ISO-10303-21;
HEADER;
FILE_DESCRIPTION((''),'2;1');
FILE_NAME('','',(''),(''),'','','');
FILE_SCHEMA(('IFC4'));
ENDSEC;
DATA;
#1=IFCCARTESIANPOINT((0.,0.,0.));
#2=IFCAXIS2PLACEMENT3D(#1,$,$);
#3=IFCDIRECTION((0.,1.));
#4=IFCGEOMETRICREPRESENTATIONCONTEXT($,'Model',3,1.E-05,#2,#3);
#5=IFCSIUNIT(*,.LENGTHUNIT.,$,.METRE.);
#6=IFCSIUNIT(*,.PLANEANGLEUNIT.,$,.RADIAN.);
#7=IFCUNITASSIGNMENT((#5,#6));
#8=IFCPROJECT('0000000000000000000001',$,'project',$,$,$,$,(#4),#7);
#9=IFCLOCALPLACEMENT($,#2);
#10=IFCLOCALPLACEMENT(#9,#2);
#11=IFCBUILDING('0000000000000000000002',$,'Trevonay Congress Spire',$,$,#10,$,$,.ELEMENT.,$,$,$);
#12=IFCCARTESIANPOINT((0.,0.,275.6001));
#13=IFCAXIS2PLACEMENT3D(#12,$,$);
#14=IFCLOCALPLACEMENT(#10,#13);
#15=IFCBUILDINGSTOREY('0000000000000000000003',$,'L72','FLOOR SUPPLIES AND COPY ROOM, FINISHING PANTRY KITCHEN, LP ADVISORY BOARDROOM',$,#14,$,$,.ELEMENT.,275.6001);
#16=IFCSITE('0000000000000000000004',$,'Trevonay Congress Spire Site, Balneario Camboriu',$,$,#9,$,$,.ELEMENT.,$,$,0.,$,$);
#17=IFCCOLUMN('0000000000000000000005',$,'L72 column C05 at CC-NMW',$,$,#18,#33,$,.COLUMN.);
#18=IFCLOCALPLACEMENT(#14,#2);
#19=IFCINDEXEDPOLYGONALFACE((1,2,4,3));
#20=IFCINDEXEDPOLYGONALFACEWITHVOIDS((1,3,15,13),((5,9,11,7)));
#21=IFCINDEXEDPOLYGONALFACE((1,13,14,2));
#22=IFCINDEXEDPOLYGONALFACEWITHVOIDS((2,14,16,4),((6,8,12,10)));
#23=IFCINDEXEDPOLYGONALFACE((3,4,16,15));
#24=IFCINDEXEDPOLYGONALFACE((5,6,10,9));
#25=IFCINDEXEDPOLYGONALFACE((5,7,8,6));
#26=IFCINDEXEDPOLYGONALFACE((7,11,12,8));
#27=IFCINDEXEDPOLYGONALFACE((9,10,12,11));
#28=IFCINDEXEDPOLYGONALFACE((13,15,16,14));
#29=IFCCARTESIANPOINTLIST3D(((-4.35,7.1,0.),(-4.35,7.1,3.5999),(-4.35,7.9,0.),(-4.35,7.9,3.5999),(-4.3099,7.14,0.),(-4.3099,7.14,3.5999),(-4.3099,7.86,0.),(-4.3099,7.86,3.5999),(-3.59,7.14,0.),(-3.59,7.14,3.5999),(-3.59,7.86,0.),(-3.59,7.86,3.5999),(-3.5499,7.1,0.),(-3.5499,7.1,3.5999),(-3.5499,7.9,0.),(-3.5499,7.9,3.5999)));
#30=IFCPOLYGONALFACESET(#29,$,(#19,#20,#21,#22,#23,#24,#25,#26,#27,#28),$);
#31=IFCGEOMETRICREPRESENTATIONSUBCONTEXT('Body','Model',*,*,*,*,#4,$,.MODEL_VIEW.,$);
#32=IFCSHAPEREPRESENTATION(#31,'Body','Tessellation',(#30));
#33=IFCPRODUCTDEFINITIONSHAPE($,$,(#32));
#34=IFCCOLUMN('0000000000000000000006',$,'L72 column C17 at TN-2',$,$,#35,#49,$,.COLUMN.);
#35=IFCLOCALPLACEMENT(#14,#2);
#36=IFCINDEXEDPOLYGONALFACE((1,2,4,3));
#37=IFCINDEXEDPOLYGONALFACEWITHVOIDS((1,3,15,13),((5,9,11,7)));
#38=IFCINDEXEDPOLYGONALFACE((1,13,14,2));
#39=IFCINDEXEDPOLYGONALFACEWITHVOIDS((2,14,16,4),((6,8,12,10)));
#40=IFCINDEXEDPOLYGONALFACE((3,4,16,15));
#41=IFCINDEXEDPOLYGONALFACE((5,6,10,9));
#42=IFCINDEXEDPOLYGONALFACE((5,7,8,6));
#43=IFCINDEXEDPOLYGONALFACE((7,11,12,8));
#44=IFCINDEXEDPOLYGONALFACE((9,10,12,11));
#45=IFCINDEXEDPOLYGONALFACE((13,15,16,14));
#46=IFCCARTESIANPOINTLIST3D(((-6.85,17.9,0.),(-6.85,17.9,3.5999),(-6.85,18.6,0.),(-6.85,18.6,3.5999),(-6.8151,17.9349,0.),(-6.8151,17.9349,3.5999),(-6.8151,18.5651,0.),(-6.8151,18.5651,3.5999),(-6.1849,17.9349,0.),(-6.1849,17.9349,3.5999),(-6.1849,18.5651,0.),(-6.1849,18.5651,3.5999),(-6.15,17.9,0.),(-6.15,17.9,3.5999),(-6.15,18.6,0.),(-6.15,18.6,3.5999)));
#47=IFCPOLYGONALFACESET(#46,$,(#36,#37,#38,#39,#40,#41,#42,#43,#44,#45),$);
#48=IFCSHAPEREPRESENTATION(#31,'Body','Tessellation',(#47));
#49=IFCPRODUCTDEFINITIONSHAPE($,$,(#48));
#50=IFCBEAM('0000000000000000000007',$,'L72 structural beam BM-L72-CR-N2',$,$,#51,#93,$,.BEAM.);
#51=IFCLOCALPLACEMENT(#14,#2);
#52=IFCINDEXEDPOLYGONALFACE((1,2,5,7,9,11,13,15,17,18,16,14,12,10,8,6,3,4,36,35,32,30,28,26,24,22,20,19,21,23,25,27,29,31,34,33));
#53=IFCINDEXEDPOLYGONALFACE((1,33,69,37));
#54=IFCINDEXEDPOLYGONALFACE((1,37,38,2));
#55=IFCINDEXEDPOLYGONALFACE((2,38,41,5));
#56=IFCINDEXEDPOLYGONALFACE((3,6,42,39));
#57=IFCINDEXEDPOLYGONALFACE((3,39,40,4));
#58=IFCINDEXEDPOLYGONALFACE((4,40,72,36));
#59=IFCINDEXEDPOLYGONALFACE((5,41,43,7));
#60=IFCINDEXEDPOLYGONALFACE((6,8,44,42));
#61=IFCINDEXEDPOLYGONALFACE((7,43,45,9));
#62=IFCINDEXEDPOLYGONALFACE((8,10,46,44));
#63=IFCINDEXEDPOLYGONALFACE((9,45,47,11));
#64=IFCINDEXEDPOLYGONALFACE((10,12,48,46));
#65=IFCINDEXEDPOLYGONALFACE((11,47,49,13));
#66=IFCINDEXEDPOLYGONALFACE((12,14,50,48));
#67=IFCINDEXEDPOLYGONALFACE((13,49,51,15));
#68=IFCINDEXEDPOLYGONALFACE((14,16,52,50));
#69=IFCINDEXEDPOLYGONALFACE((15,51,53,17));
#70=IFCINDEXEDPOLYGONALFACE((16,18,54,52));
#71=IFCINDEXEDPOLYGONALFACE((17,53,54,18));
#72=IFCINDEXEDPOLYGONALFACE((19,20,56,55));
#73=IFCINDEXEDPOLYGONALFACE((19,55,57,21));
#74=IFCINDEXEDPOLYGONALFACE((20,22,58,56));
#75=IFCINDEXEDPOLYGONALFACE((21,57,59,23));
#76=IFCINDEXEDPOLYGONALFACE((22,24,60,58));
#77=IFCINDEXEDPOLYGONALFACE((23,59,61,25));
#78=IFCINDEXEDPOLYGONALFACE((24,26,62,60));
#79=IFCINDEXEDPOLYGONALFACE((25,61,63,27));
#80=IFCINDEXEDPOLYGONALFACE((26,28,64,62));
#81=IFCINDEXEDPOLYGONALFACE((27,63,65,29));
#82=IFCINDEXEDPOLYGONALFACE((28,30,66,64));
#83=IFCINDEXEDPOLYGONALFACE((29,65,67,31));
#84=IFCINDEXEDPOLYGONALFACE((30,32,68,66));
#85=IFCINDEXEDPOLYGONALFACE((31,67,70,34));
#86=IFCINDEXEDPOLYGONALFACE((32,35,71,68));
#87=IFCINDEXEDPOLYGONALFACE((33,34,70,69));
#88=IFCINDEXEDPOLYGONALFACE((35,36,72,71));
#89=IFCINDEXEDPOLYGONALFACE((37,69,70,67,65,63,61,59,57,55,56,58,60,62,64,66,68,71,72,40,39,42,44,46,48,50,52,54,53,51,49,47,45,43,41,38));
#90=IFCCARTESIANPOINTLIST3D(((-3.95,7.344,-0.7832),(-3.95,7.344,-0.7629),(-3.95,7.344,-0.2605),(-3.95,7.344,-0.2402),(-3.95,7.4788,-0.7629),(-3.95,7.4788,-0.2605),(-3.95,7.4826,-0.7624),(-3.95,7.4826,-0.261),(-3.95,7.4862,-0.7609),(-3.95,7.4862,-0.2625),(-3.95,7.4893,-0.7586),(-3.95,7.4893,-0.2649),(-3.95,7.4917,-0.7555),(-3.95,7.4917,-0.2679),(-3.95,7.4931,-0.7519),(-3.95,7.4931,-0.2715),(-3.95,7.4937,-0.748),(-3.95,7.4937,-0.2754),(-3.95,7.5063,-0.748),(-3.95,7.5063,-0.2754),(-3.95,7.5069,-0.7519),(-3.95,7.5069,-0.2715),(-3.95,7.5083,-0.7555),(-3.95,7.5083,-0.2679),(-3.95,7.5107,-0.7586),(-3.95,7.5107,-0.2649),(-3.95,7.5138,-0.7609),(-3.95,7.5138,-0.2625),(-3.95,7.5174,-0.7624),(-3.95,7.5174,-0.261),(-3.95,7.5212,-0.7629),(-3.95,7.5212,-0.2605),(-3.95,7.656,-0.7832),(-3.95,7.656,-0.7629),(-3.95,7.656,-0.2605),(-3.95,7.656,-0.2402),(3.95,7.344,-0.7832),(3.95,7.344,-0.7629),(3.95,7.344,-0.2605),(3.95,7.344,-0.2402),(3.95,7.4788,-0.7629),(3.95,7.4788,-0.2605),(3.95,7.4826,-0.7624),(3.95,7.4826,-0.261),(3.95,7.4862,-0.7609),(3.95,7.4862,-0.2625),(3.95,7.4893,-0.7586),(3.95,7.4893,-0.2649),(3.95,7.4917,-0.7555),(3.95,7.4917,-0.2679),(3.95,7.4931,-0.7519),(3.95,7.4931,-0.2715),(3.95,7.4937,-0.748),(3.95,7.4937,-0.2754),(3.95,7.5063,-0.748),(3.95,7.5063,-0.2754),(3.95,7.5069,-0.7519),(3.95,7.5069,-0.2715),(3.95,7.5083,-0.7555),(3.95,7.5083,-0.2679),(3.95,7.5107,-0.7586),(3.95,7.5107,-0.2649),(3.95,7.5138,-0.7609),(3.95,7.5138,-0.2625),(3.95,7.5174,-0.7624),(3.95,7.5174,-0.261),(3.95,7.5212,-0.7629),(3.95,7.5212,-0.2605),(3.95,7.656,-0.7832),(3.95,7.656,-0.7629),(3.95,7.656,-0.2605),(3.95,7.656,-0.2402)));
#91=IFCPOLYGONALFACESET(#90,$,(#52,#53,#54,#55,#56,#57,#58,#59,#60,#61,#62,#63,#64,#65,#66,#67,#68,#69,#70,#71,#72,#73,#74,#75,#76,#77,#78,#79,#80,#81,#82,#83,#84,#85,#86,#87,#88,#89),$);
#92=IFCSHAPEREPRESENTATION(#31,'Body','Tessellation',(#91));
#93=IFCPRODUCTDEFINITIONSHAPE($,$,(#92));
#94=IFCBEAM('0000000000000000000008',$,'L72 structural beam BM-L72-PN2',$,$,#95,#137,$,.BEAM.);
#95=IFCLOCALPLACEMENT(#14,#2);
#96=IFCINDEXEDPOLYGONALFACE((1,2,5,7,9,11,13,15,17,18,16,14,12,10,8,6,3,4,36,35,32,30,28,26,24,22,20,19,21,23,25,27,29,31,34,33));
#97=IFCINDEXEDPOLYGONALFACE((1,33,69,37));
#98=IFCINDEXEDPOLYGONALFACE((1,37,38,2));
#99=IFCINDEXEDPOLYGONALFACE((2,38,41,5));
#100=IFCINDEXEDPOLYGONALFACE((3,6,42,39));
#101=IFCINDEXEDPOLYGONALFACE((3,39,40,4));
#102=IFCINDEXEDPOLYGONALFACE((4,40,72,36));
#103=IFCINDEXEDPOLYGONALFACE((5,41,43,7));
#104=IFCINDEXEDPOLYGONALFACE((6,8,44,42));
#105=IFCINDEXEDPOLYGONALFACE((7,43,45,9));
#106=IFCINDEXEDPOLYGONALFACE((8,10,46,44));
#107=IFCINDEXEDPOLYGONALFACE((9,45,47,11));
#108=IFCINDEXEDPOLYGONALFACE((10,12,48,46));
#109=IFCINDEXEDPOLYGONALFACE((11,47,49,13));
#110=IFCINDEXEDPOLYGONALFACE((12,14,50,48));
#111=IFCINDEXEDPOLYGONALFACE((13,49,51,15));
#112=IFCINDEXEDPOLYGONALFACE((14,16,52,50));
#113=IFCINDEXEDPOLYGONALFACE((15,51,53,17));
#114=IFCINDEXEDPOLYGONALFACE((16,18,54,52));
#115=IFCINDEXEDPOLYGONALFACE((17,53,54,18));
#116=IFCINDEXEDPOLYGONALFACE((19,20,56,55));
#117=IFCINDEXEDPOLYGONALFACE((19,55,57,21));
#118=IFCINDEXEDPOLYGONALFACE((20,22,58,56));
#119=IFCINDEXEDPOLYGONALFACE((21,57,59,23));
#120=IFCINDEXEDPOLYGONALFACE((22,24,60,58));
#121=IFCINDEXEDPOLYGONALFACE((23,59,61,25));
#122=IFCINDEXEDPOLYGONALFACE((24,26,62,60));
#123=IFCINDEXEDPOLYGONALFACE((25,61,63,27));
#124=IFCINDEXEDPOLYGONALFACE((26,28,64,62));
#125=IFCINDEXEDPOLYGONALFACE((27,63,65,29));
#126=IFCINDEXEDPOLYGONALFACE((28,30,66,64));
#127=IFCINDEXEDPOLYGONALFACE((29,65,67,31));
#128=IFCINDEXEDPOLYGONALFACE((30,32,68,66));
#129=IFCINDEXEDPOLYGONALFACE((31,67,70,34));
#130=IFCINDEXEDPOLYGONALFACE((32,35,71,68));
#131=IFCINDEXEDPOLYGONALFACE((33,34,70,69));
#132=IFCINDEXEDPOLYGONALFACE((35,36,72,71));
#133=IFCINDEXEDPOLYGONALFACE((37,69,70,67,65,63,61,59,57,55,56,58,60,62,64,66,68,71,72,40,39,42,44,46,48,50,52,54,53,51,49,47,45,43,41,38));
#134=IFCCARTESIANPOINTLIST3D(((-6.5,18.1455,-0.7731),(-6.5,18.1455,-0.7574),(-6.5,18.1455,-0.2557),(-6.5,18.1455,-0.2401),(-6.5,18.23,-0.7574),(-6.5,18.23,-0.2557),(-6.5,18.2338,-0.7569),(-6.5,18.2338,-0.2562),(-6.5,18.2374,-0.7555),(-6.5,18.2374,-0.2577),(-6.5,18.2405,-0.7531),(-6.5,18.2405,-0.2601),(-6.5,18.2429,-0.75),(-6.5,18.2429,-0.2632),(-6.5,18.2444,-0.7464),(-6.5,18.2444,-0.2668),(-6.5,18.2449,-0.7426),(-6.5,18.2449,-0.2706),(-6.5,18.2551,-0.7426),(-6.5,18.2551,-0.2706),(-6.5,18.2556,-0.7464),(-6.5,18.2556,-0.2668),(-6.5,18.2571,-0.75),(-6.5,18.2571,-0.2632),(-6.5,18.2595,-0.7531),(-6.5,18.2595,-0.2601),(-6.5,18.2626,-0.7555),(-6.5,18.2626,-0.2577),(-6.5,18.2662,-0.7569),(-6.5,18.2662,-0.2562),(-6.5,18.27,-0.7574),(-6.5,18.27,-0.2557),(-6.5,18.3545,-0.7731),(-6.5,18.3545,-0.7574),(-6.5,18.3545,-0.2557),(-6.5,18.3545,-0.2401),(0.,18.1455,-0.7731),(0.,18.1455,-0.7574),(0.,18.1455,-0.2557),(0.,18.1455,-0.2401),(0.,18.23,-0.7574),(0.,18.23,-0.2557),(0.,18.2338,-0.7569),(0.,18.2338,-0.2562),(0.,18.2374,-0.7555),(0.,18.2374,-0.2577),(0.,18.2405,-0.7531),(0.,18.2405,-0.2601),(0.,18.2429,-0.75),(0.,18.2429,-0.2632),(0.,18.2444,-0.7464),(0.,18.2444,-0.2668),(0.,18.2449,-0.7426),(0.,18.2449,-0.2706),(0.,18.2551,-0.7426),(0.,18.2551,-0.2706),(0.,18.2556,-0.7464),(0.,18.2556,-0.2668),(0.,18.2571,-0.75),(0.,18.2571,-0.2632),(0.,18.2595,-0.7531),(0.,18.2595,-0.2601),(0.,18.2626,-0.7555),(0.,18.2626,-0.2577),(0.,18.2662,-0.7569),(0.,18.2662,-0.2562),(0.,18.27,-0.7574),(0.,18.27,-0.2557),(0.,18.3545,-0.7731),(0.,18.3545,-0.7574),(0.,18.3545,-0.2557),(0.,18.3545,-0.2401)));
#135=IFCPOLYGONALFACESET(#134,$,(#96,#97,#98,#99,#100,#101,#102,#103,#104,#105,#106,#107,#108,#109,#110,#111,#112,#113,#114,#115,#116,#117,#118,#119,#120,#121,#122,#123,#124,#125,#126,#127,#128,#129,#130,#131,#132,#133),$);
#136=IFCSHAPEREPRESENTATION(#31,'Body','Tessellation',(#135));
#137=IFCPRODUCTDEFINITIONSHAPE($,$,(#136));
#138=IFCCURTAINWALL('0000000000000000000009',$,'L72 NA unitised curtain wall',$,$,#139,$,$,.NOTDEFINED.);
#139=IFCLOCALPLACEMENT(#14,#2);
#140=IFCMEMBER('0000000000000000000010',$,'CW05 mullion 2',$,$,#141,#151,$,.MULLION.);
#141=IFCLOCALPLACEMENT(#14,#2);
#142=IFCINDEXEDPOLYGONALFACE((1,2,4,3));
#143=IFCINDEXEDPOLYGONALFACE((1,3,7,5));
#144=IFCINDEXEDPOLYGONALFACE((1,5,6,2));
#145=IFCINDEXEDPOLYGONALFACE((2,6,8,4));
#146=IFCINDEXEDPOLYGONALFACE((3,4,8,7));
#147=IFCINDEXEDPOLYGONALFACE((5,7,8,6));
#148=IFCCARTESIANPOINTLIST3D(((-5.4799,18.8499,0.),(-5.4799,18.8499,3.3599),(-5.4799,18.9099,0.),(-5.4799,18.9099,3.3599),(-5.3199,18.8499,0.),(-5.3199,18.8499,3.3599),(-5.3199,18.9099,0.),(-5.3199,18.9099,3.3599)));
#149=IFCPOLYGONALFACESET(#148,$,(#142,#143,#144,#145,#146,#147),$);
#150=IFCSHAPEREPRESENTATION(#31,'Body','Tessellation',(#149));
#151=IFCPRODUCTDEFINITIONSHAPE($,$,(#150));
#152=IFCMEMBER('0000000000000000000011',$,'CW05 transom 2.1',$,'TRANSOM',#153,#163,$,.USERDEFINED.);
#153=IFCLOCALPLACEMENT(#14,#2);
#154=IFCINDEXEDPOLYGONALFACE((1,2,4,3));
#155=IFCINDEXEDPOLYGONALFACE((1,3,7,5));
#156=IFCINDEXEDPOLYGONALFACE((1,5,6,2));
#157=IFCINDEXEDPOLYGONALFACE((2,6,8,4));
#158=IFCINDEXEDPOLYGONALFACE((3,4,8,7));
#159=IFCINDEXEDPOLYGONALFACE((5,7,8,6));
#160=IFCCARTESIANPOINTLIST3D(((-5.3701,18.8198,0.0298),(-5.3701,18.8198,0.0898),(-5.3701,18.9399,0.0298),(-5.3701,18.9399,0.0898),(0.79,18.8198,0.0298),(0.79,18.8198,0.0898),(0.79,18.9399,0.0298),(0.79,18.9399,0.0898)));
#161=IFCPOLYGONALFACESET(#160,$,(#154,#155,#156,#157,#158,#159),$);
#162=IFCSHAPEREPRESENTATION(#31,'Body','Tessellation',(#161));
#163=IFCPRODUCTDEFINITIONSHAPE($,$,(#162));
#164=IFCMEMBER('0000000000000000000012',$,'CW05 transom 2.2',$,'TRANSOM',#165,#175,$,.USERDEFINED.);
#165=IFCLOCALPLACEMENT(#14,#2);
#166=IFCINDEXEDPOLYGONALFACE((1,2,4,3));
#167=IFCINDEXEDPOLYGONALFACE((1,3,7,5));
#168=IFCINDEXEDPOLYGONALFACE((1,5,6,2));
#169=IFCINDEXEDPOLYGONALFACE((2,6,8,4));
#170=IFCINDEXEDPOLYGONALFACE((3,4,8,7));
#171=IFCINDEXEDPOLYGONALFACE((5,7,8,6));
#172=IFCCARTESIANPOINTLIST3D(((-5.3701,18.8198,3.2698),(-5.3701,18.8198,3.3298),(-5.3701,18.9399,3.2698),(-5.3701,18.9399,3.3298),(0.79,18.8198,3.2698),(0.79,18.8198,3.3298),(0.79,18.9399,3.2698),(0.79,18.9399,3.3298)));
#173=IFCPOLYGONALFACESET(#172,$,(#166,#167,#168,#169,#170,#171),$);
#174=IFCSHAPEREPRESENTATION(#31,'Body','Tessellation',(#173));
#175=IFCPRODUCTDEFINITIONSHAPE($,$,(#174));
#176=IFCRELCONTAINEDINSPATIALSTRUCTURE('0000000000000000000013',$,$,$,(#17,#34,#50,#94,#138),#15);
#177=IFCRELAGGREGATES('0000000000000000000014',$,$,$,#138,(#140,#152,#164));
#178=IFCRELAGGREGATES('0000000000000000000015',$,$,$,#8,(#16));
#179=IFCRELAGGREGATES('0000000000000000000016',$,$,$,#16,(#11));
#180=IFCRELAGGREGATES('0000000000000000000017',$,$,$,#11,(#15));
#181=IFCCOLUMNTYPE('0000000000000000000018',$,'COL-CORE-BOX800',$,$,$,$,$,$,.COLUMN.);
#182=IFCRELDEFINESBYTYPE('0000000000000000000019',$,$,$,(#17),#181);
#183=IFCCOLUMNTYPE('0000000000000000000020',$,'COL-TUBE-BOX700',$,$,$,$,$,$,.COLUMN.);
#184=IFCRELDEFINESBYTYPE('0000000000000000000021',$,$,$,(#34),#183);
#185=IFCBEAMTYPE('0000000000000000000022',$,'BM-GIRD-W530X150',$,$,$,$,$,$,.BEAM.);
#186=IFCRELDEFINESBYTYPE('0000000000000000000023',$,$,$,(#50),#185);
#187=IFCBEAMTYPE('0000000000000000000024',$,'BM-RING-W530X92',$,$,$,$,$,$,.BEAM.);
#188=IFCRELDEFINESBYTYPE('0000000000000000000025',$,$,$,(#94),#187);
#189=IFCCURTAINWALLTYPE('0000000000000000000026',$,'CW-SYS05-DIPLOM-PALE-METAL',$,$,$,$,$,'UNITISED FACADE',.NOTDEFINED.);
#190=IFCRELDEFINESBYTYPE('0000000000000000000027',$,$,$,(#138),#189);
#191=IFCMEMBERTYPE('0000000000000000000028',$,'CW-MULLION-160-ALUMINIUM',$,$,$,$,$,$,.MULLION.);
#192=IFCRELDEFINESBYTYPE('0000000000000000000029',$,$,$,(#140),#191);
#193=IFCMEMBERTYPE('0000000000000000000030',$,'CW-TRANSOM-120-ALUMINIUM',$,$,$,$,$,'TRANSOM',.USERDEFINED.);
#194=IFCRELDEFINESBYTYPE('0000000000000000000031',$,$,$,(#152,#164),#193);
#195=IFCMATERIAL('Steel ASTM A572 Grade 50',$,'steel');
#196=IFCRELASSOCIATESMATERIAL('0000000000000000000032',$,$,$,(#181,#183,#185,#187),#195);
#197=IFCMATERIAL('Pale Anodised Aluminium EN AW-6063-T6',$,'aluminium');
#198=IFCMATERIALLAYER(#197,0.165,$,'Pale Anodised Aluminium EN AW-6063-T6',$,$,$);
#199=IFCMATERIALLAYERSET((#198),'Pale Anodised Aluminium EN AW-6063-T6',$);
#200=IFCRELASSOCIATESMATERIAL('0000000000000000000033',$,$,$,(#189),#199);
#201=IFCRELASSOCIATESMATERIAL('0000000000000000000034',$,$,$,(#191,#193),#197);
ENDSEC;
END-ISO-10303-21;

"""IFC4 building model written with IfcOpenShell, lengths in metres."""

from ifc_helpers import new_model, si_unit, direction, frame, origin, origin_2d, place, context, subcontext, project, spatial, rectangle, hollow_rectangle, i_section, extrude, material, layer, layer_set, material_profile, profile_set, type_object, element, aggregate, save


model = new_model("IFC4")

# Units and contexts
model_context = context("Model", 3, precision=1e-05, world=origin(), true_north=direction((0.0, 1.0)))
body_context = subcontext(model_context, "Body", "Model", "MODEL_VIEW")
ifc_project = project(units=[si_unit("LENGTHUNIT", "METRE"), si_unit("PLANEANGLEUNIT", "RADIAN")], contexts=[model_context])

# Site, building, storey
site_placement = place(None, origin())
site = spatial("IfcSite", under=ifc_project, at=site_placement, Name="Trevonay Congress Spire Site, Balneario Camboriu", CompositionType="ELEMENT", RefElevation=0.0)
building_placement = place(site_placement, origin())
building = spatial("IfcBuilding", under=site, at=building_placement, Name="Trevonay Congress Spire", CompositionType="ELEMENT")
storey_placement = place(building_placement, frame((0.0, 0.0, 275.6001)))
storey = spatial("IfcBuildingStorey", under=building, at=storey_placement, Name="L72", Description="FLOOR SUPPLIES AND COPY ROOM, FINISHING PANTRY KITCHEN, LP ADVISORY BOARDROOM", CompositionType="ELEMENT", Elevation=275.6001)

# Columns
ifc_material_1 = material(Name="Steel ASTM A572 Grade 50", Category="steel")
ifc_material_profile_1 = material_profile(ifc_material_1, hollow_rectangle(XDim=0.8, YDim=0.8, WallThickness=0.04, at=origin_2d()), Name="BOX 800x800x40")
ifc_profile_set_1 = profile_set([ifc_material_profile_1], Name="Steel ASTM A572 Grade 50")
column_type_1 = type_object("IfcColumnType", Name="COL-CORE-BOX800", PredefinedType="COLUMN", material=ifc_profile_set_1)
column_1_placement = place(storey_placement, frame((-3.95, 7.5, 0.0), z_axis=(0.0, 0.0, 1.0), x_axis=(1.0, 0.0, 0.0)))
element("IfcColumn", 1, at=column_1_placement, inside=storey, type_object=column_type_1, Name="L72 column C05 at CC-NMW", PredefinedType="COLUMN", context=body_context, shape_type="SweptSolid", body=[
    extrude(hollow_rectangle(XDim=0.8, YDim=0.8, WallThickness=0.04, at=origin_2d()), origin(), (0.0, 0.0, 1.0), 3.5999),
])
ifc_material_profile_2 = material_profile(ifc_material_1, hollow_rectangle(XDim=0.7, YDim=0.7, WallThickness=0.0349, at=origin_2d()), Name="BOX 700x700x35")
ifc_profile_set_2 = profile_set([ifc_material_profile_2], Name="Steel ASTM A572 Grade 50")
column_type_2 = type_object("IfcColumnType", Name="COL-TUBE-BOX700", PredefinedType="COLUMN", material=ifc_profile_set_2)
column_2_placement = place(storey_placement, frame((-6.5, 18.25, 0.0), z_axis=(0.0, 0.0, 1.0), x_axis=(1.0, 0.0, 0.0)))
element("IfcColumn", 2, at=column_2_placement, inside=storey, type_object=column_type_2, Name="L72 column C17 at TN-2", PredefinedType="COLUMN", context=body_context, shape_type="SweptSolid", body=[
    extrude(hollow_rectangle(XDim=0.7, YDim=0.7, WallThickness=0.0349, at=origin_2d()), origin(), (0.0, 0.0, 1.0), 3.5999),
])

# Beams
ifc_material_profile_3 = material_profile(ifc_material_1, i_section(OverallWidth=0.312, OverallDepth=0.543, WebThickness=0.0127, FlangeThickness=0.0203, FilletRadius=0.0149, at=origin_2d()), Name="W530x150")
ifc_profile_set_3 = profile_set([ifc_material_profile_3], Name="Steel ASTM A572 Grade 50")
beam_type_1 = type_object("IfcBeamType", Name="BM-GIRD-W530X150", PredefinedType="BEAM", material=ifc_profile_set_3)
beam_1_placement = place(storey_placement, frame((-3.95, 7.5, -0.5117), z_axis=(1.0, 0.0, 0.0), x_axis=(0.0, 1.0, 0.0)))
element("IfcBeam", 3, at=beam_1_placement, inside=storey, type_object=beam_type_1, Name="L72 structural beam BM-L72-CR-N2", PredefinedType="BEAM", context=body_context, shape_type="SweptSolid", body=[
    extrude(i_section(OverallWidth=0.312, OverallDepth=0.543, WebThickness=0.0127, FlangeThickness=0.0203, FilletRadius=0.0149, at=origin_2d()), origin(), (0.0, 0.0, 1.0), 7.8999),
])
ifc_material_profile_4 = material_profile(ifc_material_1, i_section(OverallWidth=0.209, OverallDepth=0.533, WebThickness=0.0103, FlangeThickness=0.0156, FilletRadius=0.0149, at=origin_2d()), Name="W530x92")
ifc_profile_set_4 = profile_set([ifc_material_profile_4], Name="Steel ASTM A572 Grade 50")
beam_type_2 = type_object("IfcBeamType", Name="BM-RING-W530X92", PredefinedType="BEAM", material=ifc_profile_set_4)
beam_2_placement = place(storey_placement, frame((-6.5, 18.25, -0.5066), z_axis=(1.0, 0.0, 0.0), x_axis=(0.0, 1.0, 0.0)))
element("IfcBeam", 4, at=beam_2_placement, inside=storey, type_object=beam_type_2, Name="L72 structural beam BM-L72-PN2", PredefinedType="BEAM", context=body_context, shape_type="SweptSolid", body=[
    extrude(i_section(OverallWidth=0.209, OverallDepth=0.533, WebThickness=0.0103, FlangeThickness=0.0156, FilletRadius=0.0149, at=origin_2d()), origin(), (0.0, 0.0, 1.0), 6.5),
])

# Curtain wall, members
ifc_material_2 = material(Name="Pale Anodised Aluminium EN AW-6063-T6", Category="aluminium")
ifc_layer_1 = layer(ifc_material_2, 0.165, Name="Pale Anodised Aluminium EN AW-6063-T6")
ifc_layer_set_1 = layer_set([ifc_layer_1], Name="Pale Anodised Aluminium EN AW-6063-T6")
curtain_wall_type = type_object("IfcCurtainWallType", Name="CW-SYS05-DIPLOM-PALE-METAL", ElementType="UNITISED FACADE", PredefinedType="NOTDEFINED", material=ifc_layer_set_1)
curtain_wall_placement = place(storey_placement, origin())
curtain_wall = element("IfcCurtainWall", 5, at=curtain_wall_placement, inside=storey, type_object=curtain_wall_type, Name="L72 NA unitised curtain wall", PredefinedType="NOTDEFINED")
ifc_material_profile_5 = material_profile(ifc_material_2, rectangle(XDim=0.0601, YDim=0.1599, at=origin_2d()), Name="CW-MULLION-160-ALUMINIUM")
ifc_profile_set_5 = profile_set([ifc_material_profile_5], Name="Pale Anodised Aluminium EN AW-6063-T6")
member_type_1 = type_object("IfcMemberType", Name="CW-MULLION-160-ALUMINIUM", PredefinedType="MULLION", material=ifc_profile_set_5)
member_1_placement = place(storey_placement, frame((-5.3999, 18.8799, 0.0), z_axis=(0.0, 0.0, 1.0), x_axis=(0.0, 1.0, 0.0)))
member_1 = element("IfcMember", 6, at=member_1_placement, type_object=member_type_1, Name="CW05 mullion 2", PredefinedType="MULLION", context=body_context, shape_type="SweptSolid", body=[
    extrude(rectangle(XDim=0.0601, YDim=0.1599, at=origin_2d()), origin(), (0.0, 0.0, 1.0), 3.3599),
])
ifc_material_profile_6 = material_profile(ifc_material_2, rectangle(XDim=0.1201, YDim=0.0601, at=origin_2d()), Name="CW-TRANSOM-120-ALUMINIUM")
ifc_profile_set_6 = profile_set([ifc_material_profile_6], Name="Pale Anodised Aluminium EN AW-6063-T6")
member_type_2 = type_object("IfcMemberType", Name="CW-TRANSOM-120-ALUMINIUM", ElementType="TRANSOM", PredefinedType="USERDEFINED", material=ifc_profile_set_6)
member_2_placement = place(storey_placement, frame((-5.3701, 18.8799, 0.0598), z_axis=(1.0, 0.0, 0.0), x_axis=(0.0, 1.0, 0.0)))
member_2 = element("IfcMember", 7, at=member_2_placement, type_object=member_type_2, Name="CW05 transom 2.1", ObjectType="TRANSOM", PredefinedType="USERDEFINED", context=body_context, shape_type="SweptSolid", body=[
    extrude(rectangle(XDim=0.1201, YDim=0.0601, at=origin_2d()), origin(), (0.0, 0.0, 1.0), 6.1602),
])
member_3_placement = place(storey_placement, frame((-5.3701, 18.8799, 3.2998), z_axis=(1.0, 0.0, 0.0), x_axis=(0.0, 1.0, 0.0)))
member_3 = element("IfcMember", 8, at=member_3_placement, type_object=member_type_2, Name="CW05 transom 2.2", ObjectType="TRANSOM", PredefinedType="USERDEFINED", context=body_context, shape_type="SweptSolid", body=[
    extrude(rectangle(XDim=0.1201, YDim=0.0601, at=origin_2d()), origin(), (0.0, 0.0, 1.0), 6.1602),
])

aggregate(curtain_wall, [member_1, member_2, member_3])

save(model, "model.ifc")
